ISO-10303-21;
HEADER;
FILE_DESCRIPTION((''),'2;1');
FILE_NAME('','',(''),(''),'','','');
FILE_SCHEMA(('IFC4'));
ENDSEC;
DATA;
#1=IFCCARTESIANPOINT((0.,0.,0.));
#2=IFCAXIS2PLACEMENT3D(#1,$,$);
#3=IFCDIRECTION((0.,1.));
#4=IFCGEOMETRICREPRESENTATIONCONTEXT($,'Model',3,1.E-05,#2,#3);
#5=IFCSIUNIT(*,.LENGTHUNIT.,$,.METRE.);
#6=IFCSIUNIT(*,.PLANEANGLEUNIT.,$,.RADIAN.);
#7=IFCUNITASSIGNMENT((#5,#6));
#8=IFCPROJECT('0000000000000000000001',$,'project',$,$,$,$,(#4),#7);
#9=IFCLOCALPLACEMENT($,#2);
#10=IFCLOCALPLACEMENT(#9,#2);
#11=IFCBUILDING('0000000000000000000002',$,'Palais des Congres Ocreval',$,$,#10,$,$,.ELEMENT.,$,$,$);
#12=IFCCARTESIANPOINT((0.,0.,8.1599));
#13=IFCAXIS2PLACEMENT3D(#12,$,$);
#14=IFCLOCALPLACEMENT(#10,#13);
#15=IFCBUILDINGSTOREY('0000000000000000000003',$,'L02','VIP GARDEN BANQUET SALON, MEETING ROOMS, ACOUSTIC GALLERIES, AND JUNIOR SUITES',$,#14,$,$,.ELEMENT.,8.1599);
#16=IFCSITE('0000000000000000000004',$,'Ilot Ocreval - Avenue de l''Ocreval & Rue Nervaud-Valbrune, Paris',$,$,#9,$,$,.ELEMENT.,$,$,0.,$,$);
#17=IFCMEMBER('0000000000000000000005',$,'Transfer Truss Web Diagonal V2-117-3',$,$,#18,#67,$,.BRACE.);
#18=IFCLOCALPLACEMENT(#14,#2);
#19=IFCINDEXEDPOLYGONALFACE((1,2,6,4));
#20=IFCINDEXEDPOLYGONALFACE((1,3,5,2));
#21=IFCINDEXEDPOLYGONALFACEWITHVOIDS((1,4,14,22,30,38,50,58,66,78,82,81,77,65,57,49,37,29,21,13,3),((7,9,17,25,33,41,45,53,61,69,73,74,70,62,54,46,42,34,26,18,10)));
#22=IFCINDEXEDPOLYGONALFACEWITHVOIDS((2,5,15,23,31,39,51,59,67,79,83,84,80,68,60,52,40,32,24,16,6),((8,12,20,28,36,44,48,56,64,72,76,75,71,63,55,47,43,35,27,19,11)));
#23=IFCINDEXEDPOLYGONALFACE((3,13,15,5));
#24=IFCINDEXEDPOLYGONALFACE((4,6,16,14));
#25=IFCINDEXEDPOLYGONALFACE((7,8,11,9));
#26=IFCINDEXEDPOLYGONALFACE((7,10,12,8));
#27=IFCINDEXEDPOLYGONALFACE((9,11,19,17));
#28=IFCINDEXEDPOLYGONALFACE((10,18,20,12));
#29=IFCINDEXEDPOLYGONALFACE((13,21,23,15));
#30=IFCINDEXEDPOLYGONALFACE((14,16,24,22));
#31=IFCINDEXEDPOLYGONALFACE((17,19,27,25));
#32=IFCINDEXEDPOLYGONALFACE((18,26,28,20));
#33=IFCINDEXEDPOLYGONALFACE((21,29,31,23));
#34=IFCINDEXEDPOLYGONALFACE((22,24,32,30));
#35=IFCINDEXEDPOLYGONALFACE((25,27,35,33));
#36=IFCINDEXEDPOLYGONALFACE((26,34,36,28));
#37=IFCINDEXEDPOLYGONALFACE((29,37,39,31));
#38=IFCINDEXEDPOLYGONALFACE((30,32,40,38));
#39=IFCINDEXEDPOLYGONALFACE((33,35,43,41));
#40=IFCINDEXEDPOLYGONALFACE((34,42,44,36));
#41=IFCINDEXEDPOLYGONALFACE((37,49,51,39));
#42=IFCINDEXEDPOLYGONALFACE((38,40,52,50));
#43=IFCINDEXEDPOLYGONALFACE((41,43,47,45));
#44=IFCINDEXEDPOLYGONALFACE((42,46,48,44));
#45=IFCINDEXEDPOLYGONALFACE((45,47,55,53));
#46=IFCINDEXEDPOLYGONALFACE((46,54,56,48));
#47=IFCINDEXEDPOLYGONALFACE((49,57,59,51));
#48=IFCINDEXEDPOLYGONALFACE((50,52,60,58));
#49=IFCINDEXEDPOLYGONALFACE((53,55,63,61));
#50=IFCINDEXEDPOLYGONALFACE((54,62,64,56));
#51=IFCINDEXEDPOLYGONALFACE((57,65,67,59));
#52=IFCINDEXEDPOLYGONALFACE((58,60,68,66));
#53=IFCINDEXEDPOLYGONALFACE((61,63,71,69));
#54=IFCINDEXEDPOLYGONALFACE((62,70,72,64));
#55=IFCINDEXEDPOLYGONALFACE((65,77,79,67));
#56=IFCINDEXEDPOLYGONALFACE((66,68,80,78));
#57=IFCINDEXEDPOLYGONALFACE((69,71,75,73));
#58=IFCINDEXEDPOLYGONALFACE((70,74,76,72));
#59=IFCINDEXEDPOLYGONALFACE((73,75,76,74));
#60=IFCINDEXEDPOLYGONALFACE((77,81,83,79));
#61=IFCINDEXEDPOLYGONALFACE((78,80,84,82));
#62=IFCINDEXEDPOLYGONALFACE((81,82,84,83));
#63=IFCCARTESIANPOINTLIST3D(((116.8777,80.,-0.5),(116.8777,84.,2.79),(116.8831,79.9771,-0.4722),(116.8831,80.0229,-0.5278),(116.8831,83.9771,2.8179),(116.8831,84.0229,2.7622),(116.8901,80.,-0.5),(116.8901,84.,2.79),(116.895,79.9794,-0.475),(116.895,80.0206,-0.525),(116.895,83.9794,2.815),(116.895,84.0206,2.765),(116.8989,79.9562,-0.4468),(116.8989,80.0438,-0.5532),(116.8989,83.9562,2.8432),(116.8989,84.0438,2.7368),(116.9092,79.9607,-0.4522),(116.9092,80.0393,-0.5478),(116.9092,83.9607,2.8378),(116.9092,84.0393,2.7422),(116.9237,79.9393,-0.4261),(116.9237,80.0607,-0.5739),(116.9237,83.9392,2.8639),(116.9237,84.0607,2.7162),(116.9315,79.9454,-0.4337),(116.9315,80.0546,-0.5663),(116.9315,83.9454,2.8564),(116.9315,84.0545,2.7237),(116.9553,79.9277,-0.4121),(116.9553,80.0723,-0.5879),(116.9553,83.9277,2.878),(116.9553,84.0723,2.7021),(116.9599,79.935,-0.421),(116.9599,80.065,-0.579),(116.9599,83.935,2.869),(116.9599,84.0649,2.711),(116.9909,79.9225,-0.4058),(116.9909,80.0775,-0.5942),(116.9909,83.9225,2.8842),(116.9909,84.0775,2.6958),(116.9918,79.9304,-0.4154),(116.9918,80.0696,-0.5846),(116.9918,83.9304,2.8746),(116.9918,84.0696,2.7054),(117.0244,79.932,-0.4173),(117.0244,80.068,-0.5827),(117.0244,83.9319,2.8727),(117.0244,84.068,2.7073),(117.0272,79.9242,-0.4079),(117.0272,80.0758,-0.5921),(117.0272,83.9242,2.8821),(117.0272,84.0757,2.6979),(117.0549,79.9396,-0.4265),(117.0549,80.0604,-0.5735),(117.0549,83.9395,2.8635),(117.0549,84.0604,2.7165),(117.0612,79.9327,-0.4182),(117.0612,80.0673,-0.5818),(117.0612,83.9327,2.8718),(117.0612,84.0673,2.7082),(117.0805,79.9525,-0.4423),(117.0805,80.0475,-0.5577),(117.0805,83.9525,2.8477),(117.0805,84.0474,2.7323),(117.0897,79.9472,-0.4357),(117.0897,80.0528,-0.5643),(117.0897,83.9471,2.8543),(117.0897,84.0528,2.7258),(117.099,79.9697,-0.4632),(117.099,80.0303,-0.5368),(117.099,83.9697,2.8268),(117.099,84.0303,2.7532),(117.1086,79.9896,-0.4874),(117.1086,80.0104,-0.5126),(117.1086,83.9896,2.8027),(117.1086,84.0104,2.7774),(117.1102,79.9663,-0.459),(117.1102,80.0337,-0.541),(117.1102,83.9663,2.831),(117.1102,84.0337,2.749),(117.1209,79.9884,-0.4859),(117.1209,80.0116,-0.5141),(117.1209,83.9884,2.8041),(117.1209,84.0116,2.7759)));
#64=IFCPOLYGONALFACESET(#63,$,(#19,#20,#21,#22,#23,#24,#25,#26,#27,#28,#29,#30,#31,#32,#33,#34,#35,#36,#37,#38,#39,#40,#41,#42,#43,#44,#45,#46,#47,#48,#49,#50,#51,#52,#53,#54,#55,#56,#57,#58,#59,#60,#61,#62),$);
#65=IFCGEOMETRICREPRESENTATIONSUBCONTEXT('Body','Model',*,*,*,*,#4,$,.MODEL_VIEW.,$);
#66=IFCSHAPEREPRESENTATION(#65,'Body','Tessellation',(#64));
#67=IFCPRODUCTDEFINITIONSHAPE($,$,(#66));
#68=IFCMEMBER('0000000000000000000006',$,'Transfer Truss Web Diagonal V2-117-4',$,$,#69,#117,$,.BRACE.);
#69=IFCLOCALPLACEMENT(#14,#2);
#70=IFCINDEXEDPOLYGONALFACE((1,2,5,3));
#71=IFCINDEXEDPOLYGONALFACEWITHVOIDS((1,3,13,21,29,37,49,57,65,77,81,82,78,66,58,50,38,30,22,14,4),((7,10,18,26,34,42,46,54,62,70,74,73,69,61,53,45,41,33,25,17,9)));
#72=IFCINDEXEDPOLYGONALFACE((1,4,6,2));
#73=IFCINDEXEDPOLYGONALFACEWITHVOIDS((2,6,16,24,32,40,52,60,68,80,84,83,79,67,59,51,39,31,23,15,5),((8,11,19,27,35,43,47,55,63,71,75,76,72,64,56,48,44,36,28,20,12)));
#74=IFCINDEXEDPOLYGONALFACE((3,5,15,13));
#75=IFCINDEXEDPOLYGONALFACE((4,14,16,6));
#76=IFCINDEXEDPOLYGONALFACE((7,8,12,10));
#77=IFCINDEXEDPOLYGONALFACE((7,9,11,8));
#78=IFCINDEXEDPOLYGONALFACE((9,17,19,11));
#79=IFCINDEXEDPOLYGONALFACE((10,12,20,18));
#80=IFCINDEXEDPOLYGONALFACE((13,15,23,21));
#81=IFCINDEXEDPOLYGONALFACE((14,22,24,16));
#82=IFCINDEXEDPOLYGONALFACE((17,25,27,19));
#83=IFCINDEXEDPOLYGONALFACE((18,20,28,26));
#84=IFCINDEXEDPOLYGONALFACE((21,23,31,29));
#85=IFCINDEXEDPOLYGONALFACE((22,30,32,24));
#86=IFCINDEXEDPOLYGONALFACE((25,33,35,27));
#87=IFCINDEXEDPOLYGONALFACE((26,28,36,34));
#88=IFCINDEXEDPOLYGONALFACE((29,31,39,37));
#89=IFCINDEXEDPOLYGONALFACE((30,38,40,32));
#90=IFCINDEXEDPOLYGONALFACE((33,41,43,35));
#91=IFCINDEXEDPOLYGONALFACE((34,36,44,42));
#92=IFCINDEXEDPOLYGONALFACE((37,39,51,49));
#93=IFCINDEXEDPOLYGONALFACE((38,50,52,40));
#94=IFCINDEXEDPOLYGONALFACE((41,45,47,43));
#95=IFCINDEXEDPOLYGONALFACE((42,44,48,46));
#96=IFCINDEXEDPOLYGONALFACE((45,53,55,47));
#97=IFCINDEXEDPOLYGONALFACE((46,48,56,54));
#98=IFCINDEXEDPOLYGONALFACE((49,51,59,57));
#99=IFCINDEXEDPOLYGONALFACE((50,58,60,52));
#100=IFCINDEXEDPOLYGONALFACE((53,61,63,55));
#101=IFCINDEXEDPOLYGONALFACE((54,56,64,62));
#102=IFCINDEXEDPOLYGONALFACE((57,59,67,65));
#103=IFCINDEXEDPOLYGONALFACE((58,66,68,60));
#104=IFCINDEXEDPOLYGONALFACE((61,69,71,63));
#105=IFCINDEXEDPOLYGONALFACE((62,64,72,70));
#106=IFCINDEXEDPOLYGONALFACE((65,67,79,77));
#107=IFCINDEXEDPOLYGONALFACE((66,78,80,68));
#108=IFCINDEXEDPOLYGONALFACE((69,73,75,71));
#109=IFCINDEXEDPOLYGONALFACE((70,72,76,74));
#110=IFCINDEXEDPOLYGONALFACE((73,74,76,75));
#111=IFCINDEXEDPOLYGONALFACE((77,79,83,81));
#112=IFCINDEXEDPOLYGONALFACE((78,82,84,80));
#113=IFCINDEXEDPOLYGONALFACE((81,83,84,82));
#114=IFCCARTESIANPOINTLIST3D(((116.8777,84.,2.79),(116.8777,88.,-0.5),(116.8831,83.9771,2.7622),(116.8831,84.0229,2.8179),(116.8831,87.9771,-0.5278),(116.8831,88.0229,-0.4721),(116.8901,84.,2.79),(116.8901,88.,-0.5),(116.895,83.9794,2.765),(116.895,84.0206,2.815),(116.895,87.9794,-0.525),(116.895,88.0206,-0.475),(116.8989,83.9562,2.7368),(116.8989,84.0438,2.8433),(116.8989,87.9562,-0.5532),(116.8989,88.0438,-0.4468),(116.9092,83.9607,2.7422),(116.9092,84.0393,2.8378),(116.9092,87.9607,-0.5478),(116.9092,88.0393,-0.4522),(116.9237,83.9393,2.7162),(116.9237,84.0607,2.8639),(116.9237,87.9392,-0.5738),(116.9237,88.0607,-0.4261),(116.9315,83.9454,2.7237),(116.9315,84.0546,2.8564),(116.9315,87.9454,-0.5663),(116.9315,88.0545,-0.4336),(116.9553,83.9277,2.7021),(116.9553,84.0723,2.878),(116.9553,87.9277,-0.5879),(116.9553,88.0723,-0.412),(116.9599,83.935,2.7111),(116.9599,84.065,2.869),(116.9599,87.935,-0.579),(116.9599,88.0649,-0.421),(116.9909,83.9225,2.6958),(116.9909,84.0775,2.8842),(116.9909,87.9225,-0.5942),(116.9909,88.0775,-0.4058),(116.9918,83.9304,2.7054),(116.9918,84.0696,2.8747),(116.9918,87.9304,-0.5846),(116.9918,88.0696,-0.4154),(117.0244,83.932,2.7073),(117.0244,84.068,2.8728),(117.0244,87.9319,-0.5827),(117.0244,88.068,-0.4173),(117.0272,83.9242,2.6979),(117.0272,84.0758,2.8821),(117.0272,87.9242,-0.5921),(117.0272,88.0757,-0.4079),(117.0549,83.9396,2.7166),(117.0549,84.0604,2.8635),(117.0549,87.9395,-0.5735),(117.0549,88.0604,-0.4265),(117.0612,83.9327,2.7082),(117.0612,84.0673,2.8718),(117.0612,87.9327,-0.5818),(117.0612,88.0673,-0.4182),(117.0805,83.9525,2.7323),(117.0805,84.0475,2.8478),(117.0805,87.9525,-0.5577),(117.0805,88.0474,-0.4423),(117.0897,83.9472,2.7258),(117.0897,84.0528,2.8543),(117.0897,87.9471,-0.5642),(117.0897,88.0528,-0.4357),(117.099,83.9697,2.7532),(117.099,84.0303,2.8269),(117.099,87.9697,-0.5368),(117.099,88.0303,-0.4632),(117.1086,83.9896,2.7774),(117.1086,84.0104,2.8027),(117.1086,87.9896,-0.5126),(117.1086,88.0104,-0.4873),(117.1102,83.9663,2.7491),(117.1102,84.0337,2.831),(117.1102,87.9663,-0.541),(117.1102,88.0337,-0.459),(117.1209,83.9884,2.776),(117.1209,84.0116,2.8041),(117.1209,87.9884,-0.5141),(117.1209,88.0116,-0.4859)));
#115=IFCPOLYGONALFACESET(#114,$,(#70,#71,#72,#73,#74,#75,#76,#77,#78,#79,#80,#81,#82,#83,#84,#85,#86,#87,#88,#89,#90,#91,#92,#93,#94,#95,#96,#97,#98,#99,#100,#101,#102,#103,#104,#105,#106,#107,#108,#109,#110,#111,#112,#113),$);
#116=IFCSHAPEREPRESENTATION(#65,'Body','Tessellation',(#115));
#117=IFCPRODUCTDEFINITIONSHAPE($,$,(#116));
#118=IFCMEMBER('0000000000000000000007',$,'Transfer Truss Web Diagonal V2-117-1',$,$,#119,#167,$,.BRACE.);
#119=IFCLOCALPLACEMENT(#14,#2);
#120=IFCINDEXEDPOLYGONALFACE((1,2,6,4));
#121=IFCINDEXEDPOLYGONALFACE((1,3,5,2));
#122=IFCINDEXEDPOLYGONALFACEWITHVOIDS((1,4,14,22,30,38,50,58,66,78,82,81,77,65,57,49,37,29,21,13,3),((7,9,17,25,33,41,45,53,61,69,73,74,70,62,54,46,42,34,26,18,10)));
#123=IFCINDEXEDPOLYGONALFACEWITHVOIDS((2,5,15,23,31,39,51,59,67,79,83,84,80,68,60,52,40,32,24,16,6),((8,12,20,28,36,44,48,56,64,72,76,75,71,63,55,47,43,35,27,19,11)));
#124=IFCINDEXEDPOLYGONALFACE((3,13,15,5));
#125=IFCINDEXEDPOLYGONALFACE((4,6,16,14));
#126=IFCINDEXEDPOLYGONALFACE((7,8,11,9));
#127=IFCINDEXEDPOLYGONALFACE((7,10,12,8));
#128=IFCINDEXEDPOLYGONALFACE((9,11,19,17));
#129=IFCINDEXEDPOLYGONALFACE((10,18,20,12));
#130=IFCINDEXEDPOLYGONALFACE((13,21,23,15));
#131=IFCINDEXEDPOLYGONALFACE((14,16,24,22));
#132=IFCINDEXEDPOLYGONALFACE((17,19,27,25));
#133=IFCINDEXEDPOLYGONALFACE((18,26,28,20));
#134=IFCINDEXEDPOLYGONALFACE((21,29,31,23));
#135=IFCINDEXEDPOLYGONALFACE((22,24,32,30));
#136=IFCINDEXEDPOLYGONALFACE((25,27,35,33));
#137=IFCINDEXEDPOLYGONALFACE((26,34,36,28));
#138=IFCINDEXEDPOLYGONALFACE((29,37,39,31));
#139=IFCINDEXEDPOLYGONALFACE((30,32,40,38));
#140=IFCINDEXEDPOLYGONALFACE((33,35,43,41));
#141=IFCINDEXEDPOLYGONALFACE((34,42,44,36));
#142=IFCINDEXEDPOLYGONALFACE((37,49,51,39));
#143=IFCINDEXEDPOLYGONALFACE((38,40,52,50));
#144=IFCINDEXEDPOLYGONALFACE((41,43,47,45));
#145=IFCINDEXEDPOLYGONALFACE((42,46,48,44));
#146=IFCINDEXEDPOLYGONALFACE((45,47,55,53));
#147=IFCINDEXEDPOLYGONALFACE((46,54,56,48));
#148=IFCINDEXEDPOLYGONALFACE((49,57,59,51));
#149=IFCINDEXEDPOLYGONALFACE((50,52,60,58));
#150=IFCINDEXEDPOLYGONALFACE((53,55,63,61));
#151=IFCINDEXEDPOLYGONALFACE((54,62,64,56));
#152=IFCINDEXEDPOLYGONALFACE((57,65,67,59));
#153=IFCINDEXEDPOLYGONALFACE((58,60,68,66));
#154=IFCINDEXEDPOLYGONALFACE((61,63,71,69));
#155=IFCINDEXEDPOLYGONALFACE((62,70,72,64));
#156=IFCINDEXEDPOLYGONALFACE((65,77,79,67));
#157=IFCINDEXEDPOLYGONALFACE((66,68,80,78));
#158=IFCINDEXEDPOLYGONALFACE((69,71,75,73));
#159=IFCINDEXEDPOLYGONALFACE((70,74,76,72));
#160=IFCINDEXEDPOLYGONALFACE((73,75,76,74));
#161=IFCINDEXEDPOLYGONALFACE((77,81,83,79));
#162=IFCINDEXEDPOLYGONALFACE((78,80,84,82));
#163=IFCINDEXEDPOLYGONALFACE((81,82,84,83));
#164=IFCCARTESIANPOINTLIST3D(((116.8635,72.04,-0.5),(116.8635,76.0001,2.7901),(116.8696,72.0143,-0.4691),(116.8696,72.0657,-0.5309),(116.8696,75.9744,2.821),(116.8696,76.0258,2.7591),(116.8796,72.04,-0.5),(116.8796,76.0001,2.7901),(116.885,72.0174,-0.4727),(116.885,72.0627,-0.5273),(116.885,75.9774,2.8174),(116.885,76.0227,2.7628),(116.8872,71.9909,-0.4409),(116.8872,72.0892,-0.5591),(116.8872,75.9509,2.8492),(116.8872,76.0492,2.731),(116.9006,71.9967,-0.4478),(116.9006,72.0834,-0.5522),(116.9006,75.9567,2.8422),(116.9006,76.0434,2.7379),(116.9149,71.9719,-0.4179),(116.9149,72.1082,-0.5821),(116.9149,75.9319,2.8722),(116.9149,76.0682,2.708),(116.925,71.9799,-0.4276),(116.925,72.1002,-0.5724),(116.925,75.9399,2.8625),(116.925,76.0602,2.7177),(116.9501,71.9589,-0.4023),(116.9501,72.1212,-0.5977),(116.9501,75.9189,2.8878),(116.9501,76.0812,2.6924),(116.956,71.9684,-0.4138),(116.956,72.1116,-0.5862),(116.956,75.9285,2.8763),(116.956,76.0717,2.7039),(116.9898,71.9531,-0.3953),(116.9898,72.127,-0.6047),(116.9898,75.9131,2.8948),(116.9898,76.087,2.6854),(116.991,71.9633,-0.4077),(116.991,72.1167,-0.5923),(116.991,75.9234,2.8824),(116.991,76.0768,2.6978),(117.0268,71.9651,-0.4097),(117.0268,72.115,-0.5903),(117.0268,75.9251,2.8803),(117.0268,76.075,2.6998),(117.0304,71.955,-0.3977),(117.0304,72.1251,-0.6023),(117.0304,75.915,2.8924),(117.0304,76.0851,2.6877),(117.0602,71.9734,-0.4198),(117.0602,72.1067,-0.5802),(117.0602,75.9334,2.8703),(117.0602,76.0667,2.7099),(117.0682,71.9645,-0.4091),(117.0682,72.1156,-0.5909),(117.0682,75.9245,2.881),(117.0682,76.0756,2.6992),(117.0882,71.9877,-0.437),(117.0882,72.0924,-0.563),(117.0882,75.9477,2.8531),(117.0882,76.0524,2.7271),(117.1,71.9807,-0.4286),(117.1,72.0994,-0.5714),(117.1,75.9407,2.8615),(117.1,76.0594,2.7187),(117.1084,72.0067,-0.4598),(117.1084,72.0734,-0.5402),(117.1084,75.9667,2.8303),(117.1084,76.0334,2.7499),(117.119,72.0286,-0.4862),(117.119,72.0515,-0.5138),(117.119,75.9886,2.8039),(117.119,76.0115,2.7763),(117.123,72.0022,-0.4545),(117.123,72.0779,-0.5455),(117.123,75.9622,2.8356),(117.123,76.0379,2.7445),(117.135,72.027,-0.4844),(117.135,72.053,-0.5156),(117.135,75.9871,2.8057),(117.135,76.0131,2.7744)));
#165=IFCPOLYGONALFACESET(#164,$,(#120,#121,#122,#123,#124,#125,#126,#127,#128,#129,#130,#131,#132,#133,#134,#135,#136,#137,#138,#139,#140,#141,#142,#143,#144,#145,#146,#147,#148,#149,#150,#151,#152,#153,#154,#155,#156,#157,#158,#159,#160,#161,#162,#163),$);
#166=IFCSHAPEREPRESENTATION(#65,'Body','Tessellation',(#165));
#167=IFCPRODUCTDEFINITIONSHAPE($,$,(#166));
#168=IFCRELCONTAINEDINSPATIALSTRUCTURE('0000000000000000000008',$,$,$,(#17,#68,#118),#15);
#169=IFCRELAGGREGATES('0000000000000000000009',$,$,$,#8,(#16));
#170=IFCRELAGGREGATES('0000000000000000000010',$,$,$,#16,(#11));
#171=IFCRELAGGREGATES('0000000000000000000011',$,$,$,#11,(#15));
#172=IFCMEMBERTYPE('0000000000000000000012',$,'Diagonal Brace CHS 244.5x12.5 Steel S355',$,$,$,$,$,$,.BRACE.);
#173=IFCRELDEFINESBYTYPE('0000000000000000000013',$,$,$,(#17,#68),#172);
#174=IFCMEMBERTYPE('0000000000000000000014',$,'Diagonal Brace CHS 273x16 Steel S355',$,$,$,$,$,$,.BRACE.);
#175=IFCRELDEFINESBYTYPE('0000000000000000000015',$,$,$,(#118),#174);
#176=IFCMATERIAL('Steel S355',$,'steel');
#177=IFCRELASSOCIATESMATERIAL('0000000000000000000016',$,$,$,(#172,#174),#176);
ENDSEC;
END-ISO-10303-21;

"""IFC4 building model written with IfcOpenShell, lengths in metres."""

from ifc_helpers import new_model, si_unit, direction, frame, origin, origin_2d, place, context, subcontext, project, spatial, hollow_circle, extrude, material, material_profile, profile_set, type_object, element, save


model = new_model("IFC4")

# Units and contexts
model_context = context("Model", 3, precision=1e-05, world=origin(), true_north=direction((0.0, 1.0)))
body_context = subcontext(model_context, "Body", "Model", "MODEL_VIEW")
ifc_project = project(units=[si_unit("LENGTHUNIT", "METRE"), si_unit("PLANEANGLEUNIT", "RADIAN")], contexts=[model_context])

# Site, building, storey
site_placement = place(None, origin())
site = spatial("IfcSite", under=ifc_project, at=site_placement, Name="Ilot Ocreval - Avenue de l'Ocreval & Rue Nervaud-Valbrune, Paris", CompositionType="ELEMENT", RefElevation=0.0)
building_placement = place(site_placement, origin())
building = spatial("IfcBuilding", under=site, at=building_placement, Name="Palais des Congres Ocreval", CompositionType="ELEMENT")
storey_placement = place(building_placement, frame((0.0, 0.0, 8.1599)))
storey = spatial("IfcBuildingStorey", under=building, at=storey_placement, Name="L02", Description="VIP GARDEN BANQUET SALON, MEETING ROOMS, ACOUSTIC GALLERIES, AND JUNIOR SUITES", CompositionType="ELEMENT", Elevation=8.1599)

# Members
ifc_material_1 = material(Name="Steel S355", Category="steel")
ifc_material_profile_1 = material_profile(ifc_material_1, hollow_circle(Radius=0.1223, WallThickness=0.0125, at=origin_2d()), Name="CHS 244.5x12.5")
ifc_profile_set_1 = profile_set([ifc_material_profile_1], Name="Steel S355")
member_type_1 = type_object("IfcMemberType", Name="Diagonal Brace CHS 244.5x12.5 Steel S355", PredefinedType="BRACE", material=ifc_profile_set_1)
for number, where, z_axis, x_axis, name in (
    (1, (117.0, 80.0, -0.5), (0.0, 0.772317, 0.635238), (-1.0, 0.0, 0.0), "Transfer Truss Web Diagonal V2-117-3"),
    (2, (117.0, 84.0, 2.79), (0.0, 0.772317, -0.635238), (-1.0, 0.0, 0.0), "Transfer Truss Web Diagonal V2-117-4"),
):
    element("IfcMember", number, at=place(storey_placement, frame(where, z_axis=z_axis, x_axis=x_axis)), inside=storey, type_object=member_type_1, Name=name, PredefinedType="BRACE", context=body_context, shape_type="SweptSolid", body=[
        extrude(hollow_circle(Radius=0.1223, WallThickness=0.0125, at=origin_2d()), origin(), (0.0, 0.0, 1.0), 5.1792),
    ])
ifc_material_profile_2 = material_profile(ifc_material_1, hollow_circle(Radius=0.1365, WallThickness=0.0161, at=origin_2d()), Name="CHS 273x16")
ifc_profile_set_2 = profile_set([ifc_material_profile_2], Name="Steel S355")
member_type_2 = type_object("IfcMemberType", Name="Diagonal Brace CHS 273x16 Steel S355", PredefinedType="BRACE", material=ifc_profile_set_2)
member_1_placement = place(storey_placement, frame((117.0, 72.04, -0.5), z_axis=(0.0, 0.769169, 0.639046), x_axis=(-1.0, 0.0, 0.0)))
element("IfcMember", 3, at=member_1_placement, inside=storey, type_object=member_type_2, Name="Transfer Truss Web Diagonal V2-117-1", PredefinedType="BRACE", context=body_context, shape_type="SweptSolid", body=[
    extrude(hollow_circle(Radius=0.1365, WallThickness=0.0161, at=origin_2d()), origin(), (0.0, 0.0, 1.0), 5.1484),
])

save(model, "model.ifc")
